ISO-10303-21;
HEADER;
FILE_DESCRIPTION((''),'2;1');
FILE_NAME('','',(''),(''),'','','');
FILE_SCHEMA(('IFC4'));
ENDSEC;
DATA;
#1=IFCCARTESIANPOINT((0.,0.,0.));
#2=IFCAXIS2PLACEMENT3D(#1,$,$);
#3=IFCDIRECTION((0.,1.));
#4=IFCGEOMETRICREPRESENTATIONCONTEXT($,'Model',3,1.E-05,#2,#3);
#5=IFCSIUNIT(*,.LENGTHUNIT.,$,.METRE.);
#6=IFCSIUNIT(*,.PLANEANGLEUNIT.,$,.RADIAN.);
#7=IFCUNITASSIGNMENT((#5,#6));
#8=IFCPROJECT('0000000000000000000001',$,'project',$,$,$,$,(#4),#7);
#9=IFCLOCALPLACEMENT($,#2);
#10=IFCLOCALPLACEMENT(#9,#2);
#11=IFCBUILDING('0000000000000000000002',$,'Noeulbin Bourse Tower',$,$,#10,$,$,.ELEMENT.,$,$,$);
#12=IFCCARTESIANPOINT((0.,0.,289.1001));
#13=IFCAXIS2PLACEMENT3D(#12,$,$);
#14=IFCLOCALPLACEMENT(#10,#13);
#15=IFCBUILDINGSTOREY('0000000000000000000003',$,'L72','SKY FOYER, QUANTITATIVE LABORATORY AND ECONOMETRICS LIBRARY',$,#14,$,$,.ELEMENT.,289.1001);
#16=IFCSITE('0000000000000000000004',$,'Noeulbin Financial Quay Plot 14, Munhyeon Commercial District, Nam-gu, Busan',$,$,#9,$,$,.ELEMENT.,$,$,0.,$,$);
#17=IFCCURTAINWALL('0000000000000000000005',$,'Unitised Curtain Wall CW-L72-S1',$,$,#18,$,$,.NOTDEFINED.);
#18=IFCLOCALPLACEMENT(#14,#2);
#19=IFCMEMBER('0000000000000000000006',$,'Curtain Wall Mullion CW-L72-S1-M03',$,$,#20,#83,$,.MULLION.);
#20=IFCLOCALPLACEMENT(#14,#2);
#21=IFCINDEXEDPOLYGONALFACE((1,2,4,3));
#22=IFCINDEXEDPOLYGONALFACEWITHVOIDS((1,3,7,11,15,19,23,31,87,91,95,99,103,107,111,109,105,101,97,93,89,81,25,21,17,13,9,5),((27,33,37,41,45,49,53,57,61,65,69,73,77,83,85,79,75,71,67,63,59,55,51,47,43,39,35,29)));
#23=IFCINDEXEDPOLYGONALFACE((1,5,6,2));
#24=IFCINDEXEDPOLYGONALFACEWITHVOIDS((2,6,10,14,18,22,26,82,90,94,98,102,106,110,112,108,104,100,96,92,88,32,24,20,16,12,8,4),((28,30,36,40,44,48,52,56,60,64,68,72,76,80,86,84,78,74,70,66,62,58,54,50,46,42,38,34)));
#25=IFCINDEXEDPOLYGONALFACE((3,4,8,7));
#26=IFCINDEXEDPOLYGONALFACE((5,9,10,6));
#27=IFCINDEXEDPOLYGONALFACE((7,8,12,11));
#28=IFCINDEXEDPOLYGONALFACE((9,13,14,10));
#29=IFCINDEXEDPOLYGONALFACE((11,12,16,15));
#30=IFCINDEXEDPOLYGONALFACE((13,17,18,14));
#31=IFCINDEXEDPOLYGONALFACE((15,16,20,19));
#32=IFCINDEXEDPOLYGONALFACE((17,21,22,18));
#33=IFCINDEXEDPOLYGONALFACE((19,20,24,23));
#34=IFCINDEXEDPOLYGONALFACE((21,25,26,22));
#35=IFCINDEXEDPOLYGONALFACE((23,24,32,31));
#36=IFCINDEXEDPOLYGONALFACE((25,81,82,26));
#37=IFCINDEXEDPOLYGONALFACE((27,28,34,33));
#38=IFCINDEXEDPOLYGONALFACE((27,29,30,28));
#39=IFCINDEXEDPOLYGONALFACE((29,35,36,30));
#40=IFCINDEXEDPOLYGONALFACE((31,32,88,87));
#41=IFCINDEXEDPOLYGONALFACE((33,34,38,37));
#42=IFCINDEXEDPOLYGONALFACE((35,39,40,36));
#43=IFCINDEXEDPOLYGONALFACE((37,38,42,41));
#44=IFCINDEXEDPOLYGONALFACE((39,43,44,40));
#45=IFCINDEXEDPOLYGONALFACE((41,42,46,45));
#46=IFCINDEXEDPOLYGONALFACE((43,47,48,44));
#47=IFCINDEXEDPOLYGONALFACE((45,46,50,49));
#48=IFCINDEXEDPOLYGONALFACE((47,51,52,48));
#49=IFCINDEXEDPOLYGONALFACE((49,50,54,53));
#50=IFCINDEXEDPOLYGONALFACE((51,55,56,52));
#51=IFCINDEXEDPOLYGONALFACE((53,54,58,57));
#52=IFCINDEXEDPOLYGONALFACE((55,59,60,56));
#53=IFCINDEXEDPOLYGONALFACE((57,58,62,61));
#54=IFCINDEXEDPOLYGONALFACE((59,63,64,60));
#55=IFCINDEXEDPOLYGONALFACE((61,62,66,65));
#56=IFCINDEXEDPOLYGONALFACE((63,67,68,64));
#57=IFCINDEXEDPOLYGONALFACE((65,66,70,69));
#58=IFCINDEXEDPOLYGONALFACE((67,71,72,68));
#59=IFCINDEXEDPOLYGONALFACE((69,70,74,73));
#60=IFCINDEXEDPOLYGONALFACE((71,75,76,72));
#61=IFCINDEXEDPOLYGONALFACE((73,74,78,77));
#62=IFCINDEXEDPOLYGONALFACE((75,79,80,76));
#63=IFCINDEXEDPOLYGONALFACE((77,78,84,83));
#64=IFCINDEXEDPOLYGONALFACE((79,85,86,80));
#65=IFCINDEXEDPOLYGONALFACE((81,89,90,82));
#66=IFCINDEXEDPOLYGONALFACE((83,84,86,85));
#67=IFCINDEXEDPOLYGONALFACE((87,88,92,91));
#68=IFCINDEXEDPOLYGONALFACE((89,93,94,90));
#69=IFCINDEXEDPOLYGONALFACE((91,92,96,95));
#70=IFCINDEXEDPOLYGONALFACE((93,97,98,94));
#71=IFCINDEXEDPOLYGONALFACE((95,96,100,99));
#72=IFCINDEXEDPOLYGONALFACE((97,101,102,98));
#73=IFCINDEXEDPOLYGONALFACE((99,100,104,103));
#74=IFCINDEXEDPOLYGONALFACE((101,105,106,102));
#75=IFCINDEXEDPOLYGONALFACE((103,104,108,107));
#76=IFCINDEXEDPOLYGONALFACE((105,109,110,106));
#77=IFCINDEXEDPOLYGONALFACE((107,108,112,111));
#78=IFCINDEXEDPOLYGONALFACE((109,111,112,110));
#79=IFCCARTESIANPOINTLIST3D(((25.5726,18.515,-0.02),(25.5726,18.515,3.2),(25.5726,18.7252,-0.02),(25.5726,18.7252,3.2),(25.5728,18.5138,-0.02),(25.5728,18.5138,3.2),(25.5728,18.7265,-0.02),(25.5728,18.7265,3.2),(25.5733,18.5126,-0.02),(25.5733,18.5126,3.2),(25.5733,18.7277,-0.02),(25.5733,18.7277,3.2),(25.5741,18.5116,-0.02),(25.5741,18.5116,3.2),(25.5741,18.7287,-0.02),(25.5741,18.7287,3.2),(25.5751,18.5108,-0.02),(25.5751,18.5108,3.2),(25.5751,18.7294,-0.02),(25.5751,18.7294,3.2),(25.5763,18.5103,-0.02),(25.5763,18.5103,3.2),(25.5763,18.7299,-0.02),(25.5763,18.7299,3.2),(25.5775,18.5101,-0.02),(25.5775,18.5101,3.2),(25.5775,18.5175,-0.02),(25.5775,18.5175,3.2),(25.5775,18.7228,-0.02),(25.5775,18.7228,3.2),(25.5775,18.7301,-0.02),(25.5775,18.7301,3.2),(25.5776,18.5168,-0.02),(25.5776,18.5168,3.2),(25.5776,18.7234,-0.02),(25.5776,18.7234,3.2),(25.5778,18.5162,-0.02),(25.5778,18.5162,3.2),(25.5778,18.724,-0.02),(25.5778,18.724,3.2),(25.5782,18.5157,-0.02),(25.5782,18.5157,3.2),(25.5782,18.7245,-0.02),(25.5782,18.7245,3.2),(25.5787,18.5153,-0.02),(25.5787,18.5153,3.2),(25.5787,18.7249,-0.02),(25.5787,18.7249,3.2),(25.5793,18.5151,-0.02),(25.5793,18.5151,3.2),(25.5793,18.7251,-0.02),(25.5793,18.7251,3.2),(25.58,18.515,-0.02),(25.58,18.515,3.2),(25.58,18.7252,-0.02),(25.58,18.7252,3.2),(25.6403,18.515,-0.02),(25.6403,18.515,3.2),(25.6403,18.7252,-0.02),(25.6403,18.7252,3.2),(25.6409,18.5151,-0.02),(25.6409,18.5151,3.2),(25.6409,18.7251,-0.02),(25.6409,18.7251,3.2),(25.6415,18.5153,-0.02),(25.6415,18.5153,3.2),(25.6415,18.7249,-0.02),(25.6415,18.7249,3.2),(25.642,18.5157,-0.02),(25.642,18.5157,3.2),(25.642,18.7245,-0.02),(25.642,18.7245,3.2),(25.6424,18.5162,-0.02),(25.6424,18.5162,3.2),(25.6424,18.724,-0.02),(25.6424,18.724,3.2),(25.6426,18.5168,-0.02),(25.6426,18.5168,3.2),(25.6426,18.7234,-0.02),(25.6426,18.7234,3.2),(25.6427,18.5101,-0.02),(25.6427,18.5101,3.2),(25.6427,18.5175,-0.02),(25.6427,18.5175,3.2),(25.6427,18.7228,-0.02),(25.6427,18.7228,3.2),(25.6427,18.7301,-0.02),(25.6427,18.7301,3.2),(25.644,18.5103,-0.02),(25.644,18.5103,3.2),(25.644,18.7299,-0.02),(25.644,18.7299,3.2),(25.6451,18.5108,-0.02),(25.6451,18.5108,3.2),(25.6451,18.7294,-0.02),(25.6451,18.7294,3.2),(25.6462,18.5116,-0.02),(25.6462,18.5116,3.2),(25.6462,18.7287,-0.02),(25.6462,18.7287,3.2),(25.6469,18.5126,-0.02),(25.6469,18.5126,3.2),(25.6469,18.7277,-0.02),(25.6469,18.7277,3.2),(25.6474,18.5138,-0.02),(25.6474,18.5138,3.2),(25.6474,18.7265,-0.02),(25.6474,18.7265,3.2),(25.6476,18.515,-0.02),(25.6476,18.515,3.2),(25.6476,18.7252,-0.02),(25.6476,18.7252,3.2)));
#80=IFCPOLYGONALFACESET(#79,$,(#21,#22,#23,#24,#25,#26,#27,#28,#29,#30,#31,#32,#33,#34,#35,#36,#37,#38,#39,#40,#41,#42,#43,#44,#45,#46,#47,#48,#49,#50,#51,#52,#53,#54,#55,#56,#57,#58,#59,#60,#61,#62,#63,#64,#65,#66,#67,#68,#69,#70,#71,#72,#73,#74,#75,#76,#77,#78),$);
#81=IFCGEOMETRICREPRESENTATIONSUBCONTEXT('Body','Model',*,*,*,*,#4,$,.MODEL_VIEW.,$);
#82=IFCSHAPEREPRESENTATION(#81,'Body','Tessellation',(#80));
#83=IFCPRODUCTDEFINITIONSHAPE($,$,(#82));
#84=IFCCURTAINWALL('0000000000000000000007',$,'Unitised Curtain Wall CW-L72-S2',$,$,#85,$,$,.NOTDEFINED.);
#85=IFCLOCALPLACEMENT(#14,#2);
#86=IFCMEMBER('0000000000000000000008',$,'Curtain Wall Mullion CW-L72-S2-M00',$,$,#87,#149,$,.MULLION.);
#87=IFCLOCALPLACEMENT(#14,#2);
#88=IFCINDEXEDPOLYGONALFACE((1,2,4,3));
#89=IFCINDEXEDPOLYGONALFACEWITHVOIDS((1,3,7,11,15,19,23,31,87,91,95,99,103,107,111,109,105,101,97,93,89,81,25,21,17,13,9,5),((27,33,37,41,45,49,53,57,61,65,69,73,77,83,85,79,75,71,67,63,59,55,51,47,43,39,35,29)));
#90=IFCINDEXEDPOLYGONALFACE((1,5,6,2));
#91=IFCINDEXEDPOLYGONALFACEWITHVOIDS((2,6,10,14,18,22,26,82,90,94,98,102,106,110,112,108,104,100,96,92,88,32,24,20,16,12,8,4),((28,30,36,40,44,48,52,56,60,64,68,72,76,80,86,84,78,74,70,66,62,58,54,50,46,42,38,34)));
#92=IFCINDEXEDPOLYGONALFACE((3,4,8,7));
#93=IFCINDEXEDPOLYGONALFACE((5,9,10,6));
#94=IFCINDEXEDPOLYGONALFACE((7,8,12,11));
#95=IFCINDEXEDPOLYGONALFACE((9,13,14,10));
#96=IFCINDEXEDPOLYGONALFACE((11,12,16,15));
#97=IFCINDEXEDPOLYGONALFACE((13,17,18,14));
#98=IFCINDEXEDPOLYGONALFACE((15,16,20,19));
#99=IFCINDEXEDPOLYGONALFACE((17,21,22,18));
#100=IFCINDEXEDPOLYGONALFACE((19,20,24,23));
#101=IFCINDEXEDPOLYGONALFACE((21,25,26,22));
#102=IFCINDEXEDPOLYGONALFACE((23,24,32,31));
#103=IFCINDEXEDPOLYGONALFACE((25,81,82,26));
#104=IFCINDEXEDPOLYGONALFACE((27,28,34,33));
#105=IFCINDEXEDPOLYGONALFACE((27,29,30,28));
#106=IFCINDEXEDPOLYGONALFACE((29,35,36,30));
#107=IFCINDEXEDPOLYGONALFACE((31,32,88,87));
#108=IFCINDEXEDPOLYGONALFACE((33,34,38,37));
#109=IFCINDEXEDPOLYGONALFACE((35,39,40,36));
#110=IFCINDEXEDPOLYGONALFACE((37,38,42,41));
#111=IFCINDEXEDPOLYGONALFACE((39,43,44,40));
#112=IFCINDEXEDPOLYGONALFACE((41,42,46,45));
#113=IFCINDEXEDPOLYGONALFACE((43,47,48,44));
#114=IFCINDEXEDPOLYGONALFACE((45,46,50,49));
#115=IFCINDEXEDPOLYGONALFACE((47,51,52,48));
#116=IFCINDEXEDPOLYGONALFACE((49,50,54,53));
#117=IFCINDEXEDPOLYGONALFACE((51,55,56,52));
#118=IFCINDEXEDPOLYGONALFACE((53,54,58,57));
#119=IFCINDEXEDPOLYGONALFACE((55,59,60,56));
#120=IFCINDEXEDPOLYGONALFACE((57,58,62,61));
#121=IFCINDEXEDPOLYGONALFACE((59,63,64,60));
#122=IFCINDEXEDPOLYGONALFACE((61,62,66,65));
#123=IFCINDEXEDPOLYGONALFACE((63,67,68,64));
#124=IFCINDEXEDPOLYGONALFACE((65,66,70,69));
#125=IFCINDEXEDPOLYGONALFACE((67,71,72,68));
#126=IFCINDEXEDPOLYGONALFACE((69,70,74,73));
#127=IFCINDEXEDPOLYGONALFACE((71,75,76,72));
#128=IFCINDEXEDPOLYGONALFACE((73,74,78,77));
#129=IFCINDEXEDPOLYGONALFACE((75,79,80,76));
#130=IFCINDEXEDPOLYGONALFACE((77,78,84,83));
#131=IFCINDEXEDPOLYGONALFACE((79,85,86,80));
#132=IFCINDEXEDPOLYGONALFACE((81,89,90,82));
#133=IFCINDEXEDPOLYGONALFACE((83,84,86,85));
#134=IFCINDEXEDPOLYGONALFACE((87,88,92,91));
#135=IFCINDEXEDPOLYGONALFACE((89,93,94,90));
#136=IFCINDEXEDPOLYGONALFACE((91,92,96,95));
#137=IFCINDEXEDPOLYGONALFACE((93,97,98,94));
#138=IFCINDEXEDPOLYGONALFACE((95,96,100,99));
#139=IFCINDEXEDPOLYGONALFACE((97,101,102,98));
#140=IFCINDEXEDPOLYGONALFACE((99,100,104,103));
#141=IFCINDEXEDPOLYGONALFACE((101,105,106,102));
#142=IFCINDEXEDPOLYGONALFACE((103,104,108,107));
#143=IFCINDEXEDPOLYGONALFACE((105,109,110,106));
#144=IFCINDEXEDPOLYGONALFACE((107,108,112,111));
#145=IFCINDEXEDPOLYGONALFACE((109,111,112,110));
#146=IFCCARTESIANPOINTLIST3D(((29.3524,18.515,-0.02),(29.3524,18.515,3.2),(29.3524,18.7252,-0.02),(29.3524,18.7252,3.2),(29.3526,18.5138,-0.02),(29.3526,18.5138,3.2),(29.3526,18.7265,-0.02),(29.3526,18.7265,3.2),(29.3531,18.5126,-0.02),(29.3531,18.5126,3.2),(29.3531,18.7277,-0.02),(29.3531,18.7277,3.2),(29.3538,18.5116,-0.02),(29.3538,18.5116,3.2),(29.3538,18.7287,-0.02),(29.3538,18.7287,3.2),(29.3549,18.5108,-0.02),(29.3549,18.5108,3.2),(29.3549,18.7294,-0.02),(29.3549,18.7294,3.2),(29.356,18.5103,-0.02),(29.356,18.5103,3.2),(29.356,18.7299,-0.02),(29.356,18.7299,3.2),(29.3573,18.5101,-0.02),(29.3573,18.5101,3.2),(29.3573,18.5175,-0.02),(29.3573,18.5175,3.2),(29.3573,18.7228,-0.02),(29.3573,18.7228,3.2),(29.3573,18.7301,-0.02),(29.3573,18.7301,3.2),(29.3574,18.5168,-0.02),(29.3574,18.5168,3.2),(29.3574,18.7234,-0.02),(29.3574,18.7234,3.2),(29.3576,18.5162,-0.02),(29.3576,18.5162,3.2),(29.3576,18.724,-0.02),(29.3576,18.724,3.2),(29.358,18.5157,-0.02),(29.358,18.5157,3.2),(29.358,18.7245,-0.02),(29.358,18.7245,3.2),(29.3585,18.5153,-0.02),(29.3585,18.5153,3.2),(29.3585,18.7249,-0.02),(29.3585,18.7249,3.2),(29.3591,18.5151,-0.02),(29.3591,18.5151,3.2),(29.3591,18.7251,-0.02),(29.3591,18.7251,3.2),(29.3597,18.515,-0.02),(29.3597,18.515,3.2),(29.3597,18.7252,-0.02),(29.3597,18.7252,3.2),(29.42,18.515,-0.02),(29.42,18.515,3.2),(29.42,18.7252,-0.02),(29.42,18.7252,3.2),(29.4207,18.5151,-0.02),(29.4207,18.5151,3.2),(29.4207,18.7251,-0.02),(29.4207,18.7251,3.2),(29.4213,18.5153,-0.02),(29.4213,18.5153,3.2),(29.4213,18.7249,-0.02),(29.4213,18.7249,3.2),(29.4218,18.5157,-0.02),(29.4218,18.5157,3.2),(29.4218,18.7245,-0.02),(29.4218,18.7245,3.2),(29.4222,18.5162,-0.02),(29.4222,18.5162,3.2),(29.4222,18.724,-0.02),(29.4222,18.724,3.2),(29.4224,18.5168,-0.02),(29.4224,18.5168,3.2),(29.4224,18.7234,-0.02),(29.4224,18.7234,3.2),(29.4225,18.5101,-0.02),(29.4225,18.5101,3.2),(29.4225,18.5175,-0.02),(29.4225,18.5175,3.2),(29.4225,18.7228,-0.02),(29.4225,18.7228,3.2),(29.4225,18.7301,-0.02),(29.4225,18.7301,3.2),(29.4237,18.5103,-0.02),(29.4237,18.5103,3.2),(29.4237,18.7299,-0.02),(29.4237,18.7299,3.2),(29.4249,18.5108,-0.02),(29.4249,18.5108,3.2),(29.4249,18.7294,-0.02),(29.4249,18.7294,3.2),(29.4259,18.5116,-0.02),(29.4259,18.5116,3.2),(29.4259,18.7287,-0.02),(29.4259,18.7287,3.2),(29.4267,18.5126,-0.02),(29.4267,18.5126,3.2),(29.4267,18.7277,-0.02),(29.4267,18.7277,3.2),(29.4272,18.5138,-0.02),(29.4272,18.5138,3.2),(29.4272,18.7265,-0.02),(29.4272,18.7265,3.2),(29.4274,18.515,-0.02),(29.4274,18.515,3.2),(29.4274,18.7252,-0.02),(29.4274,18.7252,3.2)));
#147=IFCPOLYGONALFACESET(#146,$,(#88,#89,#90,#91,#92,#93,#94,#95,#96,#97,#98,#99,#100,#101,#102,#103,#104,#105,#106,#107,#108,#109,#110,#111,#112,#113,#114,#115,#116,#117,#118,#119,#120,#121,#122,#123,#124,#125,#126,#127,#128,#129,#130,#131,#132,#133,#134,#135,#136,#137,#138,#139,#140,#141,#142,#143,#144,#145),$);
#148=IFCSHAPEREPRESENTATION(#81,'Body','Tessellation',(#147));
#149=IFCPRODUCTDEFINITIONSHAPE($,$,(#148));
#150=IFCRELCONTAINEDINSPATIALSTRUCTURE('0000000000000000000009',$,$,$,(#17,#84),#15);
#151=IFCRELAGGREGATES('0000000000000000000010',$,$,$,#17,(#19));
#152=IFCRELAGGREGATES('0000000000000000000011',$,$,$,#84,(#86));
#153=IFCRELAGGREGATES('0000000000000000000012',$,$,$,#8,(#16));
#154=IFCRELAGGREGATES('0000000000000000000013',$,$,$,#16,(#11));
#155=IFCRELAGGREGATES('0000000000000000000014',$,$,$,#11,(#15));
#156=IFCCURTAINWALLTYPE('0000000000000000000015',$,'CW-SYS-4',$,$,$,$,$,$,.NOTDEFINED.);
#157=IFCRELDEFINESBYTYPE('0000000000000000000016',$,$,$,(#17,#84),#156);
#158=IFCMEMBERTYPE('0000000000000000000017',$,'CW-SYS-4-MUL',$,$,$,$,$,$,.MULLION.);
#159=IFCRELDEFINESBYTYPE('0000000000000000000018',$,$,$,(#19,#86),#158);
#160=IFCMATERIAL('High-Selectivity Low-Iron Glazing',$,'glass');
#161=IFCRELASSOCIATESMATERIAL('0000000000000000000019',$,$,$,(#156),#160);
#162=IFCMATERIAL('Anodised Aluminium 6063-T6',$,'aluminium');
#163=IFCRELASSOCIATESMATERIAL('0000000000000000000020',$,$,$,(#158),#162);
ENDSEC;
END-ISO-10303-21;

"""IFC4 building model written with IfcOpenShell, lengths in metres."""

from ifc_helpers import new_model, si_unit, direction, frame, origin, origin_2d, place, context, subcontext, project, spatial, hollow_rectangle, extrude, material, material_profile, profile_set, type_object, element, aggregate, save


model = new_model("IFC4")

# Units and contexts
model_context = context("Model", 3, precision=1e-05, world=origin(), true_north=direction((0.0, 1.0)))
body_context = subcontext(model_context, "Body", "Model", "MODEL_VIEW")
ifc_project = project(units=[si_unit("LENGTHUNIT", "METRE"), si_unit("PLANEANGLEUNIT", "RADIAN")], contexts=[model_context])

# Site, building, storey
site_placement = place(None, origin())
site = spatial("IfcSite", under=ifc_project, at=site_placement, Name="Noeulbin Financial Quay Plot 14, Munhyeon Commercial District, Nam-gu, Busan", CompositionType="ELEMENT", RefElevation=0.0)
building_placement = place(site_placement, origin())
building = spatial("IfcBuilding", under=site, at=building_placement, Name="Noeulbin Bourse Tower", CompositionType="ELEMENT")
storey_placement = place(building_placement, frame((0.0, 0.0, 289.1001)))
storey = spatial("IfcBuildingStorey", under=building, at=storey_placement, Name="L72", Description="SKY FOYER, QUANTITATIVE LABORATORY AND ECONOMETRICS LIBRARY", CompositionType="ELEMENT", Elevation=289.1001)

# Shared definitions
ifc_material_1 = material(Name="High-Selectivity Low-Iron Glazing", Category="glass")
curtain_wall_type = type_object("IfcCurtainWallType", Name="CW-SYS-4", PredefinedType="NOTDEFINED", material=ifc_material_1)
ifc_material_2 = material(Name="Anodised Aluminium 6063-T6", Category="aluminium")
ifc_material_profile_1 = material_profile(ifc_material_2, hollow_rectangle(XDim=0.075, YDim=0.22, WallThickness=0.0049, InnerFilletRadius=0.0024, OuterFilletRadius=0.0049, at=origin_2d()), Name="ALU-MULL-75x220x5", Category="LoadBearing")
ifc_profile_set_1 = profile_set([ifc_material_profile_1], Name="Anodised Aluminium 6063-T6")
member_type_1 = type_object("IfcMemberType", Name="CW-SYS-4-MUL", PredefinedType="MULLION", material=ifc_profile_set_1)

# Curtain walls, members
curtain_wall_1_placement = place(storey_placement, origin())
curtain_wall_1 = element("IfcCurtainWall", 1, at=curtain_wall_1_placement, inside=storey, type_object=curtain_wall_type, Name="Unitised Curtain Wall CW-L72-S1", PredefinedType="NOTDEFINED")
member_1_placement = place(storey_placement, frame((25.6101, 18.6201, -0.02), z_axis=(0.0, 0.0, 1.0), x_axis=(1.0, 0.0, 0.0)))
member_1 = element("IfcMember", 2, at=member_1_placement, type_object=member_type_1, Name="Curtain Wall Mullion CW-L72-S1-M03", PredefinedType="MULLION", context=body_context, shape_type="SweptSolid", body=[
    extrude(hollow_rectangle(XDim=0.075, YDim=0.22, WallThickness=0.0049, InnerFilletRadius=0.0024, OuterFilletRadius=0.0049, at=origin_2d()), origin(), (0.0, 0.0, 1.0), 3.22),
])
aggregate(curtain_wall_1, [member_1])
curtain_wall_2_placement = place(storey_placement, origin())
curtain_wall_2 = element("IfcCurtainWall", 3, at=curtain_wall_2_placement, inside=storey, type_object=curtain_wall_type, Name="Unitised Curtain Wall CW-L72-S2", PredefinedType="NOTDEFINED")
member_2_placement = place(storey_placement, frame((29.3899, 18.6201, -0.02), z_axis=(0.0, 0.0, 1.0), x_axis=(1.0, 0.0, 0.0)))
member_2 = element("IfcMember", 4, at=member_2_placement, type_object=member_type_1, Name="Curtain Wall Mullion CW-L72-S2-M00", PredefinedType="MULLION", context=body_context, shape_type="SweptSolid", body=[
    extrude(hollow_rectangle(XDim=0.075, YDim=0.22, WallThickness=0.0049, InnerFilletRadius=0.0024, OuterFilletRadius=0.0049, at=origin_2d()), origin(), (0.0, 0.0, 1.0), 3.22),
])

aggregate(curtain_wall_2, [member_2])

save(model, "model.ifc")
